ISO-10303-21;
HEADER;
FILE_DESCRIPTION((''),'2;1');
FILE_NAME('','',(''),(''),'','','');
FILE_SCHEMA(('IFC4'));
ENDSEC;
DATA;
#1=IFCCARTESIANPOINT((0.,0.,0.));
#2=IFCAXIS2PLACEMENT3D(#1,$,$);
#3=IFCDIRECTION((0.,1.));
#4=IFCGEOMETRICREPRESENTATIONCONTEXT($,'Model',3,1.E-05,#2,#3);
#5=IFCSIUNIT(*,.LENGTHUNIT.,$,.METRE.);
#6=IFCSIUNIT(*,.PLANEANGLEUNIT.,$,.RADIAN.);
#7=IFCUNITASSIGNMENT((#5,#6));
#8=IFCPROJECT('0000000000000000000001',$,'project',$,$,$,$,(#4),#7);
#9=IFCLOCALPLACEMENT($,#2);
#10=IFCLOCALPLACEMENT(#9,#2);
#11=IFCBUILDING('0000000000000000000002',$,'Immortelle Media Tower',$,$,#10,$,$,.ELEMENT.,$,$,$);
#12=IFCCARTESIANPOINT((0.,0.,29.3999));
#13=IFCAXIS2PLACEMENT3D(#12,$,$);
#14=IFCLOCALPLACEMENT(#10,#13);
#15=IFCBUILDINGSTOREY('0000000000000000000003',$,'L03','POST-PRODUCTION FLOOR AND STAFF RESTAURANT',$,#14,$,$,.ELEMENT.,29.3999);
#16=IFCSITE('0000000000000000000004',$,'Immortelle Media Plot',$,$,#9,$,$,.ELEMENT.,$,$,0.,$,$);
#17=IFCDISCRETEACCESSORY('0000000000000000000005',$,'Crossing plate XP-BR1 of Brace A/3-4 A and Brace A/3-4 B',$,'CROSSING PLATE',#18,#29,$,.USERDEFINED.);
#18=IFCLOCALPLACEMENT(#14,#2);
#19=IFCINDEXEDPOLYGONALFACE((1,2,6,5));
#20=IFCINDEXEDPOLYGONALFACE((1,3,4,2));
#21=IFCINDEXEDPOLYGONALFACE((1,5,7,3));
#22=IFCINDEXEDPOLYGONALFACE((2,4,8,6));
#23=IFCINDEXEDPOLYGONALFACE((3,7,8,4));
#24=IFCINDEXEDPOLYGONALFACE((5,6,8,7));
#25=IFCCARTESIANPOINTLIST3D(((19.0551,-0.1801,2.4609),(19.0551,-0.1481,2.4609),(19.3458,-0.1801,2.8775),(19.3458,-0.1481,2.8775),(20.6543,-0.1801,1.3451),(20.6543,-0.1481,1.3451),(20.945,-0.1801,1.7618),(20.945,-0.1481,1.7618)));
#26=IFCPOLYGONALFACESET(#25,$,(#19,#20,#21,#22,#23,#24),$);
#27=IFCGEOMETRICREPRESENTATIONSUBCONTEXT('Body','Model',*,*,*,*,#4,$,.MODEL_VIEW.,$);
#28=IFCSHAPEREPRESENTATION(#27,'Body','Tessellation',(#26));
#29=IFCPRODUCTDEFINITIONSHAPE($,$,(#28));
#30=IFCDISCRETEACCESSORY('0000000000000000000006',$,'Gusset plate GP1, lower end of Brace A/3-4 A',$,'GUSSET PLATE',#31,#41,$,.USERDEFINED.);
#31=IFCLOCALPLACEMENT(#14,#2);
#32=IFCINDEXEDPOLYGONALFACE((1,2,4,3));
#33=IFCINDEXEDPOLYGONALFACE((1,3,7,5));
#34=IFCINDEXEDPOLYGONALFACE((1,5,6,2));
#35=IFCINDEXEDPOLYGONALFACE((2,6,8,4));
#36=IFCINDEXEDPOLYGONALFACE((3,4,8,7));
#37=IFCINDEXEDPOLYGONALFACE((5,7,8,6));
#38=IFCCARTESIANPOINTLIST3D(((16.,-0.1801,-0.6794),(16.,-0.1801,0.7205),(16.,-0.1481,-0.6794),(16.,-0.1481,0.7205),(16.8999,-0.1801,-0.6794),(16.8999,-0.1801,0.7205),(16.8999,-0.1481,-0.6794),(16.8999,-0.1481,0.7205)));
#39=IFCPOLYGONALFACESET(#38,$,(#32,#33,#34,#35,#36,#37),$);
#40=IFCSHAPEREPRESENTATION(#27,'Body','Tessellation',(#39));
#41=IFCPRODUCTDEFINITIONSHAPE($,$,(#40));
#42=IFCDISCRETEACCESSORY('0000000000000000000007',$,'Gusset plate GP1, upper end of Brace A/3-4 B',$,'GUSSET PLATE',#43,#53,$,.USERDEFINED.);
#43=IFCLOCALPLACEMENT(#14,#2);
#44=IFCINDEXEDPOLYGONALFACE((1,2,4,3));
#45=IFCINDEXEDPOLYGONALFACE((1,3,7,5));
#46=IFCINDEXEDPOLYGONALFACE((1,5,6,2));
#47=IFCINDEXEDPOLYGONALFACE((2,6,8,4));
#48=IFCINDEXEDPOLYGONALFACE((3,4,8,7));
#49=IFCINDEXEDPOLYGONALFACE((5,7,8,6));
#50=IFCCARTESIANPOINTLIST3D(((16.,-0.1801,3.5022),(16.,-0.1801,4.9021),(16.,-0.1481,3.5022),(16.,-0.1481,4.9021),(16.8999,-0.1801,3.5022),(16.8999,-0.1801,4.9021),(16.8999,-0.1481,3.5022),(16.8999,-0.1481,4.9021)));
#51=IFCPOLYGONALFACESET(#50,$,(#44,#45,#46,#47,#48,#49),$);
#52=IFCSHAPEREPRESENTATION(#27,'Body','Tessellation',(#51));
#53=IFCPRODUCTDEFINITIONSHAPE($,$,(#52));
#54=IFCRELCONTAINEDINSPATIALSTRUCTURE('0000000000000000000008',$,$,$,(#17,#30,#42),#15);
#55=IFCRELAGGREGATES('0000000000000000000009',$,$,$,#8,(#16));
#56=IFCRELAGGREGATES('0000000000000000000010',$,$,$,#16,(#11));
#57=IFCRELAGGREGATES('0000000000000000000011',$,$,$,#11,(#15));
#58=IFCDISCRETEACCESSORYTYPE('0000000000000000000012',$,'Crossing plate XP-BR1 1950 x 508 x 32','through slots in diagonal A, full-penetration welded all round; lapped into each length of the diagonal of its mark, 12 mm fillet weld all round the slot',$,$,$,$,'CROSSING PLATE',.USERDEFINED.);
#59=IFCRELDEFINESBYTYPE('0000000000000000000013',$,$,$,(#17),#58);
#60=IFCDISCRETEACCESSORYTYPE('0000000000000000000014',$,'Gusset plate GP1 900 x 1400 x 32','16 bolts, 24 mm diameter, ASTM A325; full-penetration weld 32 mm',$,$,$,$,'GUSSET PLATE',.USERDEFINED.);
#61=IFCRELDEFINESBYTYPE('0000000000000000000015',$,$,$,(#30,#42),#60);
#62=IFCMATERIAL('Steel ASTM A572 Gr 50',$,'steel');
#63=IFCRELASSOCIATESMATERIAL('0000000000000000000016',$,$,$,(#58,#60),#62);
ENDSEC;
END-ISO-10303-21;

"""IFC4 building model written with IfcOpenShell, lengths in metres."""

from ifc_helpers import new_model, si_unit, direction, frame, origin, origin_2d, place, context, subcontext, project, spatial, rectangle, extrude, material, material_profile, profile_set, type_object, element, save


model = new_model("IFC4")

# Units and contexts
model_context = context("Model", 3, precision=1e-05, world=origin(), true_north=direction((0.0, 1.0)))
body_context = subcontext(model_context, "Body", "Model", "MODEL_VIEW")
ifc_project = project(units=[si_unit("LENGTHUNIT", "METRE"), si_unit("PLANEANGLEUNIT", "RADIAN")], contexts=[model_context])

# Site, building, storey
site_placement = place(None, origin())
site = spatial("IfcSite", under=ifc_project, at=site_placement, Name="Immortelle Media Plot", CompositionType="ELEMENT", RefElevation=0.0)
building_placement = place(site_placement, origin())
building = spatial("IfcBuilding", under=site, at=building_placement, Name="Immortelle Media Tower", CompositionType="ELEMENT")
storey_placement = place(building_placement, frame((0.0, 0.0, 29.3999)))
storey = spatial("IfcBuildingStorey", under=building, at=storey_placement, Name="L03", Description="POST-PRODUCTION FLOOR AND STAFF RESTAURANT", CompositionType="ELEMENT", Elevation=29.3999)

# Discrete accessories
ifc_material_1 = material(Name="Steel ASTM A572 Gr 50", Category="steel")
ifc_material_profile_1 = material_profile(ifc_material_1, rectangle(XDim=0.032, YDim=0.5081, at=origin_2d()), Name="PL 32 x 508")
ifc_profile_set_1 = profile_set([ifc_material_profile_1], Name="Steel ASTM A572 Gr 50")
discrete_accessory_type_1 = type_object("IfcDiscreteAccessoryType", Name="Crossing plate XP-BR1 1950 x 508 x 32", Description="through slots in diagonal A, full-penetration welded all round; lapped into each length of the diagonal of its mark, 12 mm fillet weld all round the slot", ElementType="CROSSING PLATE", PredefinedType="USERDEFINED", material=ifc_profile_set_1)
discrete_accessory_placement = place(storey_placement, frame((19.2004, -0.1641, 2.6692), z_axis=(0.820113, 0.0, -0.572201), x_axis=(0.0, 1.0, 0.0)))
element("IfcDiscreteAccessory", 1, at=discrete_accessory_placement, inside=storey, type_object=discrete_accessory_type_1, Name="Crossing plate XP-BR1 of Brace A/3-4 A and Brace A/3-4 B", ObjectType="CROSSING PLATE", PredefinedType="USERDEFINED", context=body_context, shape_type="SweptSolid", body=[
    extrude(rectangle(XDim=0.032, YDim=0.5081, at=origin_2d()), origin(), (0.0, 0.0, 1.0), 1.95),
])
ifc_material_profile_2 = material_profile(ifc_material_1, rectangle(XDim=0.032, YDim=1.3999, at=origin_2d()), Name="PL 32 x 1400")
ifc_profile_set_2 = profile_set([ifc_material_profile_2], Name="Steel ASTM A572 Gr 50")
discrete_accessory_type_2 = type_object("IfcDiscreteAccessoryType", Name="Gusset plate GP1 900 x 1400 x 32", Description="16 bolts, 24 mm diameter, ASTM A325; full-penetration weld 32 mm", ElementType="GUSSET PLATE", PredefinedType="USERDEFINED", material=ifc_profile_set_2)
for number, where, z_axis, x_axis, name in (
    (2, (16.0, -0.1641, 0.0205), (1.0, 0.0, 0.0), (0.0, 1.0, 0.0), "Gusset plate GP1, lower end of Brace A/3-4 A"),
    (3, (16.0, -0.1641, 4.2021), (1.0, 0.0, 0.0), (0.0, 1.0, 0.0), "Gusset plate GP1, upper end of Brace A/3-4 B"),
):
    element("IfcDiscreteAccessory", number, at=place(storey_placement, frame(where, z_axis=z_axis, x_axis=x_axis)), inside=storey, type_object=discrete_accessory_type_2, Name=name, ObjectType="GUSSET PLATE", PredefinedType="USERDEFINED", context=body_context, shape_type="SweptSolid", body=[
        extrude(rectangle(XDim=0.032, YDim=1.3999, at=origin_2d()), origin(), (0.0, 0.0, 1.0), 0.8999),
    ])

save(model, "model.ifc")
